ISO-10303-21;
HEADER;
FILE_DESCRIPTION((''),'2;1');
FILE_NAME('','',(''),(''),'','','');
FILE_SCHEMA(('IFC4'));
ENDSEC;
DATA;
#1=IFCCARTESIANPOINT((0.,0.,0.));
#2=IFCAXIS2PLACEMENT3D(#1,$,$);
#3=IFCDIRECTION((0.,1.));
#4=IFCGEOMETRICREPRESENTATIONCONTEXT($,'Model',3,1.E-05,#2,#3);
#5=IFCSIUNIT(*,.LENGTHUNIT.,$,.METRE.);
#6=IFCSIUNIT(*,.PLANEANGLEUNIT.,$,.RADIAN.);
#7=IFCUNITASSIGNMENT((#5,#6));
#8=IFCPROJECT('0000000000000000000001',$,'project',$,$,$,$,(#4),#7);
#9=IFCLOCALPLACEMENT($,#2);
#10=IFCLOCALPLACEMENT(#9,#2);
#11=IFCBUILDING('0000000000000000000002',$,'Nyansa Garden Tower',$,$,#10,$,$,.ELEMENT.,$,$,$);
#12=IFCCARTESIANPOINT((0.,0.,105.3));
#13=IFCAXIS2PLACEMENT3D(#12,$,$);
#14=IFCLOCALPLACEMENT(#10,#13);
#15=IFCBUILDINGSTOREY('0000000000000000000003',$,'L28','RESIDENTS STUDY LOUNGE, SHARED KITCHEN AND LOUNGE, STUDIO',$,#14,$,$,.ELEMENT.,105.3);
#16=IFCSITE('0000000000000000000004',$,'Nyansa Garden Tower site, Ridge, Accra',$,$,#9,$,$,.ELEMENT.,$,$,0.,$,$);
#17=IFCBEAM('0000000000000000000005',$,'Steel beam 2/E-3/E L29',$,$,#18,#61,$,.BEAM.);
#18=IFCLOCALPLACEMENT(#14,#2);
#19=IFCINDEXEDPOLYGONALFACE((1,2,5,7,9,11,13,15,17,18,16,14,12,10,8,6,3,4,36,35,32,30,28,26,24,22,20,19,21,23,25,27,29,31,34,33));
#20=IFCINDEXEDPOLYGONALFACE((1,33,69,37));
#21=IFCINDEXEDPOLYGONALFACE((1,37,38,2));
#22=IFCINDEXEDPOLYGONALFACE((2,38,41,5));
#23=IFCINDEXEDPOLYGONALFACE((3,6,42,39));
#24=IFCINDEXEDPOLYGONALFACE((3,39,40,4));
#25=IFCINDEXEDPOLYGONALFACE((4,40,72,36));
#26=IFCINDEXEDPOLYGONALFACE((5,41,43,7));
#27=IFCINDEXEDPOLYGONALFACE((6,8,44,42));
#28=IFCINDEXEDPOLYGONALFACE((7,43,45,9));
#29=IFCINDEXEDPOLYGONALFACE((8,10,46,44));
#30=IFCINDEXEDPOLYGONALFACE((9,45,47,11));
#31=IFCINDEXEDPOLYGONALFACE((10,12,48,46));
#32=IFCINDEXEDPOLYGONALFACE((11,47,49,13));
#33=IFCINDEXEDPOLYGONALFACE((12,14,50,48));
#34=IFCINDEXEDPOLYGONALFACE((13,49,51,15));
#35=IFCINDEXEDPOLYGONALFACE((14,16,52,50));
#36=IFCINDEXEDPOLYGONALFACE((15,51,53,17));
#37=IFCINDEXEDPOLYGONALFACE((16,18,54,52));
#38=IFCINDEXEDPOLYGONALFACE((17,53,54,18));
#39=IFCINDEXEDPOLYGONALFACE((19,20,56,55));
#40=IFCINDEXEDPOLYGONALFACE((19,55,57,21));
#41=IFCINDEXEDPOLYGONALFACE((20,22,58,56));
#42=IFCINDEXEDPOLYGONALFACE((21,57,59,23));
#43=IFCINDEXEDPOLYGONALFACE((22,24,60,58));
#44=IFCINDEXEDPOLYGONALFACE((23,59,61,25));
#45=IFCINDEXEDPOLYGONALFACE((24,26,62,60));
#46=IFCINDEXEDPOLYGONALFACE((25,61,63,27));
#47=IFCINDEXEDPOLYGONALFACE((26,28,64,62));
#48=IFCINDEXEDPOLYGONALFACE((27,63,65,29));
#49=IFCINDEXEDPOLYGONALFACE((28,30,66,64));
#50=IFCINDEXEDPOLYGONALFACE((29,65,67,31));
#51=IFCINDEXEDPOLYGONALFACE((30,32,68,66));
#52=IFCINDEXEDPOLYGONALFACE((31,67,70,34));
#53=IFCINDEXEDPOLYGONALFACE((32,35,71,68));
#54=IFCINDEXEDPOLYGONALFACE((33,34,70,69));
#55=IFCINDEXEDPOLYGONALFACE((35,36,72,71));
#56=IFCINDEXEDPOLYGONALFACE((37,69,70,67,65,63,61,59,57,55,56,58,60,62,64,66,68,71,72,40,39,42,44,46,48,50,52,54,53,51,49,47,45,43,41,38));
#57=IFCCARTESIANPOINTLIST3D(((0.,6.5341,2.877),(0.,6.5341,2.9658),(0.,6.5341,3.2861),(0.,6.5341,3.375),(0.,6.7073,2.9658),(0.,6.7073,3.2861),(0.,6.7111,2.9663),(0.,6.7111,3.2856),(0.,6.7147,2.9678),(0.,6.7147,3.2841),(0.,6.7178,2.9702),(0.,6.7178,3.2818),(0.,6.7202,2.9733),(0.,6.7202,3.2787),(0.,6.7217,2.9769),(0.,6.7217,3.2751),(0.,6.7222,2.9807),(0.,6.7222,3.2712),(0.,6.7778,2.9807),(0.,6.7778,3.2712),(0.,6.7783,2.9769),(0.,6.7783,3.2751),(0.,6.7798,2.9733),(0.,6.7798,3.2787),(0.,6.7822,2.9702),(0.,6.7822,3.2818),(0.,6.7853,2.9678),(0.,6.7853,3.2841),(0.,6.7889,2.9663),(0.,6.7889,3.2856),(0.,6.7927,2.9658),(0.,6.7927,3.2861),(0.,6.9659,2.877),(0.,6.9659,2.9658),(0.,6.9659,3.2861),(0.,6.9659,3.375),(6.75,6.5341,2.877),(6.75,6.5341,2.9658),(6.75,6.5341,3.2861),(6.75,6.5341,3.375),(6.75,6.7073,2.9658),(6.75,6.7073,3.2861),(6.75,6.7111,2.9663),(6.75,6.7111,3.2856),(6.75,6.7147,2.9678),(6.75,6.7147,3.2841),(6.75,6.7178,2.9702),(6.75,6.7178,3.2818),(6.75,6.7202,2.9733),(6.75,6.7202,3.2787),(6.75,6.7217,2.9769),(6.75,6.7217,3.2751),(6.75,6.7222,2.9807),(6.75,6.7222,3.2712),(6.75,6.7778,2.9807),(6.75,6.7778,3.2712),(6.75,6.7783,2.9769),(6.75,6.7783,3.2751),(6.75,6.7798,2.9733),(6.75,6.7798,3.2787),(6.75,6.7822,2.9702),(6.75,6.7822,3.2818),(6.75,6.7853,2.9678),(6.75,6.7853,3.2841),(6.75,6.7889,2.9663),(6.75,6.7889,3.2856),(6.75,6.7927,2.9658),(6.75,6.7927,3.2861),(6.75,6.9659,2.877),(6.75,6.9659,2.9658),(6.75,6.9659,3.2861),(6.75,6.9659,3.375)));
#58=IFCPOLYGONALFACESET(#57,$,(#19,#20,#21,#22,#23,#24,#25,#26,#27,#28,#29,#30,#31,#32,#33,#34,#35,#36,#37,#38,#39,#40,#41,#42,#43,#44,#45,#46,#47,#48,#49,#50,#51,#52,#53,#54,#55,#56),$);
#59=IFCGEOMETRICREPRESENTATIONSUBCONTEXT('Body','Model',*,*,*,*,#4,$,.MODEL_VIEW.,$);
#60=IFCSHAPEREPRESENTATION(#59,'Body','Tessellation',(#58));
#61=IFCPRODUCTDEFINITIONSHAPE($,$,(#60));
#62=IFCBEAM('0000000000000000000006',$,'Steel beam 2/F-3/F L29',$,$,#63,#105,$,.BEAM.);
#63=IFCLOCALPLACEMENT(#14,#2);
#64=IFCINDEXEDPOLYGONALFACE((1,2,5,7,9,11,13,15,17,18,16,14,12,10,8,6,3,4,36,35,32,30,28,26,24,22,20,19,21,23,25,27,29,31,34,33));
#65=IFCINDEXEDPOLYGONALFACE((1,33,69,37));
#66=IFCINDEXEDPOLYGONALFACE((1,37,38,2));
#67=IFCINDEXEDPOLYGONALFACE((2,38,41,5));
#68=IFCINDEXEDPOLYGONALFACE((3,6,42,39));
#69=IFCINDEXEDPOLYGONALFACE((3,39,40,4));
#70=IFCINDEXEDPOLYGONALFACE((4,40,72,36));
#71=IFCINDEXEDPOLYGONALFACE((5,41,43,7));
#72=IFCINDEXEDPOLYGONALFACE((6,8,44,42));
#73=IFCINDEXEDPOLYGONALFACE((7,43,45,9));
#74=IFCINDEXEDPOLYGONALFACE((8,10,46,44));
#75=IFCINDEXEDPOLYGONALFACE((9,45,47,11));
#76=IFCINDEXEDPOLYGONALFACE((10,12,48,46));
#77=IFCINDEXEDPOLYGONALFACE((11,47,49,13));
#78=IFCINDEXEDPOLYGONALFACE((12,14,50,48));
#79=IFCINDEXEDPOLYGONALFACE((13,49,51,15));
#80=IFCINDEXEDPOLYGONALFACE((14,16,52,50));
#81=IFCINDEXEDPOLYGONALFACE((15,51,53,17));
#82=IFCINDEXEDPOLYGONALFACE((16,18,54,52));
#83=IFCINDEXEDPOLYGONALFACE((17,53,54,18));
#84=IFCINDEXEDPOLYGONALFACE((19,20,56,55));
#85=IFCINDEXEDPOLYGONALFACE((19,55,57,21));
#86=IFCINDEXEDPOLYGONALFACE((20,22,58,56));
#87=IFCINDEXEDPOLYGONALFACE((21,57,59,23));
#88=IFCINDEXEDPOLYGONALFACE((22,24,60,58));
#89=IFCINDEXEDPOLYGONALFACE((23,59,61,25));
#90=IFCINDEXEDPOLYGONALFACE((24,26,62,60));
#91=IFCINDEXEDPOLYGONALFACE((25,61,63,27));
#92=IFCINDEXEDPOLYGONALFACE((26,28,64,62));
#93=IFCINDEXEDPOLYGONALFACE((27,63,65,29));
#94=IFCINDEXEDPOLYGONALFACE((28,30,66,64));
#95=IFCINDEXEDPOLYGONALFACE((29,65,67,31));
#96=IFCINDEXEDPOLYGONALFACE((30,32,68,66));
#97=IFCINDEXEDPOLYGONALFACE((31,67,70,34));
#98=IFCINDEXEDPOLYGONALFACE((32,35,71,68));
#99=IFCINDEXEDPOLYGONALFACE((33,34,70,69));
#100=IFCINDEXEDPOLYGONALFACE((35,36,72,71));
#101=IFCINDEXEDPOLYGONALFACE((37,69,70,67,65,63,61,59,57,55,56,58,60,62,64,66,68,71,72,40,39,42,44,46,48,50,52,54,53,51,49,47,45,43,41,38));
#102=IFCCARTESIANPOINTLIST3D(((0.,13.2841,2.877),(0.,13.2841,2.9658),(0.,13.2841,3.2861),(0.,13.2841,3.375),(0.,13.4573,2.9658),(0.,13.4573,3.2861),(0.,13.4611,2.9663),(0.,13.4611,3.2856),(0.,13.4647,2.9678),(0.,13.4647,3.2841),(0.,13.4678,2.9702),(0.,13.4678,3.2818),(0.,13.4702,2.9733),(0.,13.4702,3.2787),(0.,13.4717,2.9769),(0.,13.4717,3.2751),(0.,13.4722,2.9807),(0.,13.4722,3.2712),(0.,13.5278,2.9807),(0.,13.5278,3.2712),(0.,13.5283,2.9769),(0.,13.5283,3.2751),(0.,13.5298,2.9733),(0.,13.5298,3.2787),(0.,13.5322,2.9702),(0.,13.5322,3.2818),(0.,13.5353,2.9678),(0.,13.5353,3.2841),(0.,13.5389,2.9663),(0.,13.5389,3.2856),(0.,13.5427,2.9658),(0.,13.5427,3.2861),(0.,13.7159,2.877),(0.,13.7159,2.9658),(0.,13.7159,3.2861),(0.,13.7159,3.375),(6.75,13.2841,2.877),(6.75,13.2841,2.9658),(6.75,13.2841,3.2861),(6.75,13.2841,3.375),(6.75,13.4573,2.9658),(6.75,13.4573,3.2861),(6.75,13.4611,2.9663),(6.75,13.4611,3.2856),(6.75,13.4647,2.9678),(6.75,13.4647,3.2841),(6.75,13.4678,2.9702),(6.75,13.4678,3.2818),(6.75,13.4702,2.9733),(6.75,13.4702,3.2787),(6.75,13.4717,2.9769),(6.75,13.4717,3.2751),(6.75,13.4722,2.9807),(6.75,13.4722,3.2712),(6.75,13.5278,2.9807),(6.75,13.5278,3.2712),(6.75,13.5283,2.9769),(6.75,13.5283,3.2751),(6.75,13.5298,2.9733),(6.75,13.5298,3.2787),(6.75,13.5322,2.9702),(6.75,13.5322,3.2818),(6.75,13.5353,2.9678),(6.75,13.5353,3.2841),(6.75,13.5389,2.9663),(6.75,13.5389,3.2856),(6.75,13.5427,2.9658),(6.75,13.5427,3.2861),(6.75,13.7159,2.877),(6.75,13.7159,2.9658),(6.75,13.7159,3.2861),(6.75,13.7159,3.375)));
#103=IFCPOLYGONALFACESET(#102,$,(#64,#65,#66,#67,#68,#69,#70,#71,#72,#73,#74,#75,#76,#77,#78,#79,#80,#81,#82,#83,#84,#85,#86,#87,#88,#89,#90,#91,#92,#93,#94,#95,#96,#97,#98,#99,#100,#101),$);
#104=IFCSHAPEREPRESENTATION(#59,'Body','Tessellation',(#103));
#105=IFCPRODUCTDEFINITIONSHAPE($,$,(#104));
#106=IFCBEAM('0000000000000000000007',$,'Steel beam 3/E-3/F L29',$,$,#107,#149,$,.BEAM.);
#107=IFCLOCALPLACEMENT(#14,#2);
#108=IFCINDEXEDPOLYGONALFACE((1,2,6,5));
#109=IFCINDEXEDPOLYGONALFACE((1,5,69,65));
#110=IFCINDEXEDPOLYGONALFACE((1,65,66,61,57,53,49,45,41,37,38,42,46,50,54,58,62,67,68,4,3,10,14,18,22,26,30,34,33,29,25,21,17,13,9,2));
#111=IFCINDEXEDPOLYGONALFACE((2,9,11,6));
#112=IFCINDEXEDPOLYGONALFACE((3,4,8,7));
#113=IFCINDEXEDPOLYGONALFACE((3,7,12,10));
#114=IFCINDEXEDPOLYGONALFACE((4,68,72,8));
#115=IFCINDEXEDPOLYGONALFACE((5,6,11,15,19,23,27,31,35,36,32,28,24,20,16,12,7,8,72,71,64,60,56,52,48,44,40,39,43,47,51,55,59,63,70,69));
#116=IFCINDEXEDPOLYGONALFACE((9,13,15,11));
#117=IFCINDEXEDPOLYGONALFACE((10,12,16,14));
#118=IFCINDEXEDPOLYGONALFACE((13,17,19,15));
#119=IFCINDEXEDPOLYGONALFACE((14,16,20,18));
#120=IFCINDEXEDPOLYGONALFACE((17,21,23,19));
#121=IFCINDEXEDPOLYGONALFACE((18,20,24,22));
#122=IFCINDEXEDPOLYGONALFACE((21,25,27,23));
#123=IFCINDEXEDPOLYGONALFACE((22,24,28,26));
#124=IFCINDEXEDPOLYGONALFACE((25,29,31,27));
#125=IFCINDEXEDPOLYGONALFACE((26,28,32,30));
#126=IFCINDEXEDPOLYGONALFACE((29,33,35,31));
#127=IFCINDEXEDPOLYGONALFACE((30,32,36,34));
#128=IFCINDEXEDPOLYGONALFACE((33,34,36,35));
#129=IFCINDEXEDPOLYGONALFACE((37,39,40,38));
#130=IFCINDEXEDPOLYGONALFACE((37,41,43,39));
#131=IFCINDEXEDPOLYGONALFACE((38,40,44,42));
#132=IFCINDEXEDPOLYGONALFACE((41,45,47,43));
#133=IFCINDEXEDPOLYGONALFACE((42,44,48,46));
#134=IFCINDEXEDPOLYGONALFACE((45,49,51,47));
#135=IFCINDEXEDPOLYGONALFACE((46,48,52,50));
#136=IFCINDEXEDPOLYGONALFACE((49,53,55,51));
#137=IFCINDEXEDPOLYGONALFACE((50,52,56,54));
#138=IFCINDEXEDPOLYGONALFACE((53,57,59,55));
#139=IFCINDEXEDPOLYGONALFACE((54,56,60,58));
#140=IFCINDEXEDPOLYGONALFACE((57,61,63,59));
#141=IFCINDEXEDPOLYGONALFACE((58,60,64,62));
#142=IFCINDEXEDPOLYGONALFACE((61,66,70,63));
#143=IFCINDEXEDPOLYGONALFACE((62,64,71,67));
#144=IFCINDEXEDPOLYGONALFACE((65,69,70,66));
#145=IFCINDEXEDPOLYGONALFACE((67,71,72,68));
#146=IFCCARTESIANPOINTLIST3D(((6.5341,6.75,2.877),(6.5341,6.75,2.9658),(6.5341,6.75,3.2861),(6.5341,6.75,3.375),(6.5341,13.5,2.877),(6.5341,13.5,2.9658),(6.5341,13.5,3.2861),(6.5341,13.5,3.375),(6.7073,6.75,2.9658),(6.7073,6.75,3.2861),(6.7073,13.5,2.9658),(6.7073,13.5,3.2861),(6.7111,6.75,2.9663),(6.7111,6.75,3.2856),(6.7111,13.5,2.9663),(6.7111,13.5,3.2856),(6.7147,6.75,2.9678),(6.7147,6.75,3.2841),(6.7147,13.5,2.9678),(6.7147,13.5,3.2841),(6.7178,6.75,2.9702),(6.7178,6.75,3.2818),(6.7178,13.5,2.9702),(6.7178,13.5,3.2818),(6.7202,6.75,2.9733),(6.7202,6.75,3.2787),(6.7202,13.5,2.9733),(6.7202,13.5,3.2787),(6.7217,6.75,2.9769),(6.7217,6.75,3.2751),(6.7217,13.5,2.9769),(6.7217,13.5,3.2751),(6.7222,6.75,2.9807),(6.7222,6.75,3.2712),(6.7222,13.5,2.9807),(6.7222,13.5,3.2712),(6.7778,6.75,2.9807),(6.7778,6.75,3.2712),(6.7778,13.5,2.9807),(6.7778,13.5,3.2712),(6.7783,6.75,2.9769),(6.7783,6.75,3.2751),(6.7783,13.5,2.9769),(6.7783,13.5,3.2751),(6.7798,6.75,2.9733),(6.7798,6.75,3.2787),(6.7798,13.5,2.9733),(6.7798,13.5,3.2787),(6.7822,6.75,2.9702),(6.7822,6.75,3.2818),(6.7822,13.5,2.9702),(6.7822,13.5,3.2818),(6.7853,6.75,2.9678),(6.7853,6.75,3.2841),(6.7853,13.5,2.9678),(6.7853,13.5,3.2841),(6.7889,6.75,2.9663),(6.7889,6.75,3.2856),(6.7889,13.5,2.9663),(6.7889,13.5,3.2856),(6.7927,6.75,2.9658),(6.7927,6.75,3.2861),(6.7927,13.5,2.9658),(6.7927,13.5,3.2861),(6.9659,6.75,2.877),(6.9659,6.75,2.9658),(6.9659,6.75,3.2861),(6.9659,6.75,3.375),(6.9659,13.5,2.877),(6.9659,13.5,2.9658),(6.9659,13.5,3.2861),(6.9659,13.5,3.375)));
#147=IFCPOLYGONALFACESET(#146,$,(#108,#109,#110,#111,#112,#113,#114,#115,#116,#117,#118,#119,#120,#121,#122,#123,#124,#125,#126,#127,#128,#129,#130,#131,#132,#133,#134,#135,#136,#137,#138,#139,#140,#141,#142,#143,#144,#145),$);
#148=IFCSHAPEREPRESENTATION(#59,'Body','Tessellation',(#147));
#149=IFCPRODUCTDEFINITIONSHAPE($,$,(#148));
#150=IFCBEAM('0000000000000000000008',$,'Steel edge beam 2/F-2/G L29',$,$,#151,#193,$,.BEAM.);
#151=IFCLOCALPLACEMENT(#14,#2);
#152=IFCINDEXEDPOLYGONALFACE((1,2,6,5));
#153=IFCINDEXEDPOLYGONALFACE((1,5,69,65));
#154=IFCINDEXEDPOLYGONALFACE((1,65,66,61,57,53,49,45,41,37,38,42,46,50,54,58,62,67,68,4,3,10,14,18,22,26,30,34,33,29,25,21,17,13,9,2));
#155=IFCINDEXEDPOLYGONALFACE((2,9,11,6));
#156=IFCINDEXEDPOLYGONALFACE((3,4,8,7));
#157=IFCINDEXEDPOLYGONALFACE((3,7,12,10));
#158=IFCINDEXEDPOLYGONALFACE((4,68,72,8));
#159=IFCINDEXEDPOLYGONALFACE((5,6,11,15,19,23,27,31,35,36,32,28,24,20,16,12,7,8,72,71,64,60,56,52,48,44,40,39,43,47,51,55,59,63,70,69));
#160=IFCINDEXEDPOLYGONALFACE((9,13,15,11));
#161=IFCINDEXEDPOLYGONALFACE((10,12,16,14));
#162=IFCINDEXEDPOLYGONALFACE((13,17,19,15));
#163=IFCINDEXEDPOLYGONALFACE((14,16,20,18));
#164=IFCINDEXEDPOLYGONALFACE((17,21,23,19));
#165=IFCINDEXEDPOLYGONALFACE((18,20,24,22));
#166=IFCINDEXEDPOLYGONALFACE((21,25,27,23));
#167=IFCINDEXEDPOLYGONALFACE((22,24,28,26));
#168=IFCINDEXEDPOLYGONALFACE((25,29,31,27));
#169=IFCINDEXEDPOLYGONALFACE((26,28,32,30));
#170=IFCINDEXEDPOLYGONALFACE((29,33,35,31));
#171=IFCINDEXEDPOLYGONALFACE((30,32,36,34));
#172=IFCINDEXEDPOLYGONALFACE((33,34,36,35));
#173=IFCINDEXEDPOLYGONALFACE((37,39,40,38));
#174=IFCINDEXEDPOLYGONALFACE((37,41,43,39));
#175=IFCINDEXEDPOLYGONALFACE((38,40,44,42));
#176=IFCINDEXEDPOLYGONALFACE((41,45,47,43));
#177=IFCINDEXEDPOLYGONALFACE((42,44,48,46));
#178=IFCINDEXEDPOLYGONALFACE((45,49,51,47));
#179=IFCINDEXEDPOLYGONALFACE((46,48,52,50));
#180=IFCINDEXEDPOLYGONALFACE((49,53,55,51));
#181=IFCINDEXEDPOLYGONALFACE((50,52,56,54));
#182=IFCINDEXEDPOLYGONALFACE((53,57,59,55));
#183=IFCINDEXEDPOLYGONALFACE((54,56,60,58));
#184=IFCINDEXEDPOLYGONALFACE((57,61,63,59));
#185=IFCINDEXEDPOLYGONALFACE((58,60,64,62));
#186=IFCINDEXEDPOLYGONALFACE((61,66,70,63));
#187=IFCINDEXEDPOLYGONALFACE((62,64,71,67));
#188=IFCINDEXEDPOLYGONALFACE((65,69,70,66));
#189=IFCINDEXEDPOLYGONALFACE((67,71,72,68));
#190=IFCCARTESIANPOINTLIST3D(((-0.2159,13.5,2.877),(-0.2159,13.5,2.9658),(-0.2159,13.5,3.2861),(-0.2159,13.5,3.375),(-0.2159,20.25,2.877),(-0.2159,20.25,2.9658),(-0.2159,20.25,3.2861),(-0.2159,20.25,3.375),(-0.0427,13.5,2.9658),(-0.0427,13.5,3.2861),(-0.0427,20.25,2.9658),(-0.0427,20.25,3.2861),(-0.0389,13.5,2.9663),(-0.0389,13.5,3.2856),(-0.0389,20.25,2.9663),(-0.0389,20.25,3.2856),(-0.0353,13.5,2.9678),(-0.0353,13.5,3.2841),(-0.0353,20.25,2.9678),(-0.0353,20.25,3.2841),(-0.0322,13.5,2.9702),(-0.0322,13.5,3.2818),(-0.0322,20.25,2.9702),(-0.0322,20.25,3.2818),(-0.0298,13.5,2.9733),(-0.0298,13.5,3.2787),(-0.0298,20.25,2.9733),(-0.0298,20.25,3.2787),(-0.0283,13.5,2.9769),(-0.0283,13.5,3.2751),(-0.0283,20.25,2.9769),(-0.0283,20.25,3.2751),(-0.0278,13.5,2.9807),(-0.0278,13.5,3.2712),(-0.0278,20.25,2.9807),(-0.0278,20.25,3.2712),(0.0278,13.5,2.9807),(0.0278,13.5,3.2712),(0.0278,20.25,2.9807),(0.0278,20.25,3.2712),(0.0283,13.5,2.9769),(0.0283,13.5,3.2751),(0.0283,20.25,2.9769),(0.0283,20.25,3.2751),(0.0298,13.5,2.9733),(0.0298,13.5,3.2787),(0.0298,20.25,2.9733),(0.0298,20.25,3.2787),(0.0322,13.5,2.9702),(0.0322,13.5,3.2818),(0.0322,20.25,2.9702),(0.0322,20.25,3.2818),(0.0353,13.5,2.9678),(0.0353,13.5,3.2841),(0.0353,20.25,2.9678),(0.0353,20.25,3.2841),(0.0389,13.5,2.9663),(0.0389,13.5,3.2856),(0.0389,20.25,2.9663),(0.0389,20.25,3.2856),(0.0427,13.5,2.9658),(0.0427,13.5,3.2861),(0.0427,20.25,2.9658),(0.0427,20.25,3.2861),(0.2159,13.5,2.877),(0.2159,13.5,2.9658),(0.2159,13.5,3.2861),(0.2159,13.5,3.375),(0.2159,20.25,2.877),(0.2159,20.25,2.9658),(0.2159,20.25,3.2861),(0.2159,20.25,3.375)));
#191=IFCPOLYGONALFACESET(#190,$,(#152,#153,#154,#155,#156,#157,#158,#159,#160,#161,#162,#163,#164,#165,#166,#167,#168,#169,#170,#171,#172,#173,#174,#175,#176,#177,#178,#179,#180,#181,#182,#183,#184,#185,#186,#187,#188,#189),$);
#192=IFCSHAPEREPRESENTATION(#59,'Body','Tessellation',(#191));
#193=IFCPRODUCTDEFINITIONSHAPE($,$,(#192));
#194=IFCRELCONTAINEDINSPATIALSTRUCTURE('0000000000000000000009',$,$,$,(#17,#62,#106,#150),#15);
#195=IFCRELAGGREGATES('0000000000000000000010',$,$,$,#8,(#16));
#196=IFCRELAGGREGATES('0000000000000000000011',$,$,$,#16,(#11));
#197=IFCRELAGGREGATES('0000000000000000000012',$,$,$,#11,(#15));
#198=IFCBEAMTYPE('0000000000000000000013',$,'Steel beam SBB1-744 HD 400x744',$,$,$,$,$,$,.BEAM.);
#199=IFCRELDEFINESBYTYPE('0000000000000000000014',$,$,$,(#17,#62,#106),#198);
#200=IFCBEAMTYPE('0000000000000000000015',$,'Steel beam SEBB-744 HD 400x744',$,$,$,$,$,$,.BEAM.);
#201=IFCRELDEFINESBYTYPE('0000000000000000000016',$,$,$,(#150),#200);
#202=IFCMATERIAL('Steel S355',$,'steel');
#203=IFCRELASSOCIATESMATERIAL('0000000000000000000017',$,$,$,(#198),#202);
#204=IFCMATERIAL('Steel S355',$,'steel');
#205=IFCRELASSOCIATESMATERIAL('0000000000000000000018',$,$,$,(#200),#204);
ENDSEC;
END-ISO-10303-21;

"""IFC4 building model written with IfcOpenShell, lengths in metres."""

from ifc_helpers import new_model, si_unit, direction, frame, origin, origin_2d, place, context, subcontext, project, spatial, i_section, extrude, material, material_profile, profile_set, type_object, element, save


model = new_model("IFC4")

# Units and contexts
model_context = context("Model", 3, precision=1e-05, world=origin(), true_north=direction((0.0, 1.0)))
body_context = subcontext(model_context, "Body", "Model", "MODEL_VIEW")
ifc_project = project(units=[si_unit("LENGTHUNIT", "METRE"), si_unit("PLANEANGLEUNIT", "RADIAN")], contexts=[model_context])

# Site, building, storey
site_placement = place(None, origin())
site = spatial("IfcSite", under=ifc_project, at=site_placement, Name="Nyansa Garden Tower site, Ridge, Accra", CompositionType="ELEMENT", RefElevation=0.0)
building_placement = place(site_placement, origin())
building = spatial("IfcBuilding", under=site, at=building_placement, Name="Nyansa Garden Tower", CompositionType="ELEMENT")
storey_placement = place(building_placement, frame((0.0, 0.0, 105.3)))
storey = spatial("IfcBuildingStorey", under=building, at=storey_placement, Name="L28", Description="RESIDENTS STUDY LOUNGE, SHARED KITCHEN AND LOUNGE, STUDIO", CompositionType="ELEMENT", Elevation=105.3)

# Beams
ifc_material_1 = material(Name="Steel S355", Category="steel")
ifc_material_profile_1 = material_profile(ifc_material_1, i_section(OverallWidth=0.4319, OverallDepth=0.498, WebThickness=0.0557, FlangeThickness=0.0889, FilletRadius=0.0149, at=origin_2d()), Name="HD 400x744")
ifc_profile_set_1 = profile_set([ifc_material_profile_1], Name="Steel S355")
beam_type_1 = type_object("IfcBeamType", Name="Steel beam SBB1-744 HD 400x744", PredefinedType="BEAM", material=ifc_profile_set_1)
for number, where, z_axis, x_axis, name in (
    (1, (0.0, 6.75, 3.126), (1.0, 0.0, 0.0), (0.0, 1.0, 0.0), "Steel beam 2/E-3/E L29"),
    (2, (0.0, 13.5, 3.126), (1.0, 0.0, 0.0), (0.0, 1.0, 0.0), "Steel beam 2/F-3/F L29"),
    (3, (6.75, 6.75, 3.126), (0.0, 1.0, 0.0), (-1.0, 0.0, 0.0), "Steel beam 3/E-3/F L29"),
):
    element("IfcBeam", number, at=place(storey_placement, frame(where, z_axis=z_axis, x_axis=x_axis)), inside=storey, type_object=beam_type_1, Name=name, PredefinedType="BEAM", context=body_context, shape_type="SweptSolid", body=[
        extrude(i_section(OverallWidth=0.4319, OverallDepth=0.498, WebThickness=0.0557, FlangeThickness=0.0889, FilletRadius=0.0149, at=origin_2d()), origin(), (0.0, 0.0, 1.0), 6.75),
    ])
ifc_material_2 = material(Name="Steel S355", Category="steel")
ifc_material_profile_2 = material_profile(ifc_material_2, i_section(OverallWidth=0.4319, OverallDepth=0.498, WebThickness=0.0557, FlangeThickness=0.0889, FilletRadius=0.0149, at=origin_2d()), Name="HD 400x744")
ifc_profile_set_2 = profile_set([ifc_material_profile_2], Name="Steel S355")
beam_type_2 = type_object("IfcBeamType", Name="Steel beam SEBB-744 HD 400x744", PredefinedType="BEAM", material=ifc_profile_set_2)
beam_1_placement = place(storey_placement, frame((0.0, 13.5, 3.126), z_axis=(0.0, 1.0, 0.0), x_axis=(-1.0, 0.0, 0.0)))
element("IfcBeam", 4, at=beam_1_placement, inside=storey, type_object=beam_type_2, Name="Steel edge beam 2/F-2/G L29", PredefinedType="BEAM", context=body_context, shape_type="SweptSolid", body=[
    extrude(i_section(OverallWidth=0.4319, OverallDepth=0.498, WebThickness=0.0557, FlangeThickness=0.0889, FilletRadius=0.0149, at=origin_2d()), origin(), (0.0, 0.0, 1.0), 6.75),
])

save(model, "model.ifc")
